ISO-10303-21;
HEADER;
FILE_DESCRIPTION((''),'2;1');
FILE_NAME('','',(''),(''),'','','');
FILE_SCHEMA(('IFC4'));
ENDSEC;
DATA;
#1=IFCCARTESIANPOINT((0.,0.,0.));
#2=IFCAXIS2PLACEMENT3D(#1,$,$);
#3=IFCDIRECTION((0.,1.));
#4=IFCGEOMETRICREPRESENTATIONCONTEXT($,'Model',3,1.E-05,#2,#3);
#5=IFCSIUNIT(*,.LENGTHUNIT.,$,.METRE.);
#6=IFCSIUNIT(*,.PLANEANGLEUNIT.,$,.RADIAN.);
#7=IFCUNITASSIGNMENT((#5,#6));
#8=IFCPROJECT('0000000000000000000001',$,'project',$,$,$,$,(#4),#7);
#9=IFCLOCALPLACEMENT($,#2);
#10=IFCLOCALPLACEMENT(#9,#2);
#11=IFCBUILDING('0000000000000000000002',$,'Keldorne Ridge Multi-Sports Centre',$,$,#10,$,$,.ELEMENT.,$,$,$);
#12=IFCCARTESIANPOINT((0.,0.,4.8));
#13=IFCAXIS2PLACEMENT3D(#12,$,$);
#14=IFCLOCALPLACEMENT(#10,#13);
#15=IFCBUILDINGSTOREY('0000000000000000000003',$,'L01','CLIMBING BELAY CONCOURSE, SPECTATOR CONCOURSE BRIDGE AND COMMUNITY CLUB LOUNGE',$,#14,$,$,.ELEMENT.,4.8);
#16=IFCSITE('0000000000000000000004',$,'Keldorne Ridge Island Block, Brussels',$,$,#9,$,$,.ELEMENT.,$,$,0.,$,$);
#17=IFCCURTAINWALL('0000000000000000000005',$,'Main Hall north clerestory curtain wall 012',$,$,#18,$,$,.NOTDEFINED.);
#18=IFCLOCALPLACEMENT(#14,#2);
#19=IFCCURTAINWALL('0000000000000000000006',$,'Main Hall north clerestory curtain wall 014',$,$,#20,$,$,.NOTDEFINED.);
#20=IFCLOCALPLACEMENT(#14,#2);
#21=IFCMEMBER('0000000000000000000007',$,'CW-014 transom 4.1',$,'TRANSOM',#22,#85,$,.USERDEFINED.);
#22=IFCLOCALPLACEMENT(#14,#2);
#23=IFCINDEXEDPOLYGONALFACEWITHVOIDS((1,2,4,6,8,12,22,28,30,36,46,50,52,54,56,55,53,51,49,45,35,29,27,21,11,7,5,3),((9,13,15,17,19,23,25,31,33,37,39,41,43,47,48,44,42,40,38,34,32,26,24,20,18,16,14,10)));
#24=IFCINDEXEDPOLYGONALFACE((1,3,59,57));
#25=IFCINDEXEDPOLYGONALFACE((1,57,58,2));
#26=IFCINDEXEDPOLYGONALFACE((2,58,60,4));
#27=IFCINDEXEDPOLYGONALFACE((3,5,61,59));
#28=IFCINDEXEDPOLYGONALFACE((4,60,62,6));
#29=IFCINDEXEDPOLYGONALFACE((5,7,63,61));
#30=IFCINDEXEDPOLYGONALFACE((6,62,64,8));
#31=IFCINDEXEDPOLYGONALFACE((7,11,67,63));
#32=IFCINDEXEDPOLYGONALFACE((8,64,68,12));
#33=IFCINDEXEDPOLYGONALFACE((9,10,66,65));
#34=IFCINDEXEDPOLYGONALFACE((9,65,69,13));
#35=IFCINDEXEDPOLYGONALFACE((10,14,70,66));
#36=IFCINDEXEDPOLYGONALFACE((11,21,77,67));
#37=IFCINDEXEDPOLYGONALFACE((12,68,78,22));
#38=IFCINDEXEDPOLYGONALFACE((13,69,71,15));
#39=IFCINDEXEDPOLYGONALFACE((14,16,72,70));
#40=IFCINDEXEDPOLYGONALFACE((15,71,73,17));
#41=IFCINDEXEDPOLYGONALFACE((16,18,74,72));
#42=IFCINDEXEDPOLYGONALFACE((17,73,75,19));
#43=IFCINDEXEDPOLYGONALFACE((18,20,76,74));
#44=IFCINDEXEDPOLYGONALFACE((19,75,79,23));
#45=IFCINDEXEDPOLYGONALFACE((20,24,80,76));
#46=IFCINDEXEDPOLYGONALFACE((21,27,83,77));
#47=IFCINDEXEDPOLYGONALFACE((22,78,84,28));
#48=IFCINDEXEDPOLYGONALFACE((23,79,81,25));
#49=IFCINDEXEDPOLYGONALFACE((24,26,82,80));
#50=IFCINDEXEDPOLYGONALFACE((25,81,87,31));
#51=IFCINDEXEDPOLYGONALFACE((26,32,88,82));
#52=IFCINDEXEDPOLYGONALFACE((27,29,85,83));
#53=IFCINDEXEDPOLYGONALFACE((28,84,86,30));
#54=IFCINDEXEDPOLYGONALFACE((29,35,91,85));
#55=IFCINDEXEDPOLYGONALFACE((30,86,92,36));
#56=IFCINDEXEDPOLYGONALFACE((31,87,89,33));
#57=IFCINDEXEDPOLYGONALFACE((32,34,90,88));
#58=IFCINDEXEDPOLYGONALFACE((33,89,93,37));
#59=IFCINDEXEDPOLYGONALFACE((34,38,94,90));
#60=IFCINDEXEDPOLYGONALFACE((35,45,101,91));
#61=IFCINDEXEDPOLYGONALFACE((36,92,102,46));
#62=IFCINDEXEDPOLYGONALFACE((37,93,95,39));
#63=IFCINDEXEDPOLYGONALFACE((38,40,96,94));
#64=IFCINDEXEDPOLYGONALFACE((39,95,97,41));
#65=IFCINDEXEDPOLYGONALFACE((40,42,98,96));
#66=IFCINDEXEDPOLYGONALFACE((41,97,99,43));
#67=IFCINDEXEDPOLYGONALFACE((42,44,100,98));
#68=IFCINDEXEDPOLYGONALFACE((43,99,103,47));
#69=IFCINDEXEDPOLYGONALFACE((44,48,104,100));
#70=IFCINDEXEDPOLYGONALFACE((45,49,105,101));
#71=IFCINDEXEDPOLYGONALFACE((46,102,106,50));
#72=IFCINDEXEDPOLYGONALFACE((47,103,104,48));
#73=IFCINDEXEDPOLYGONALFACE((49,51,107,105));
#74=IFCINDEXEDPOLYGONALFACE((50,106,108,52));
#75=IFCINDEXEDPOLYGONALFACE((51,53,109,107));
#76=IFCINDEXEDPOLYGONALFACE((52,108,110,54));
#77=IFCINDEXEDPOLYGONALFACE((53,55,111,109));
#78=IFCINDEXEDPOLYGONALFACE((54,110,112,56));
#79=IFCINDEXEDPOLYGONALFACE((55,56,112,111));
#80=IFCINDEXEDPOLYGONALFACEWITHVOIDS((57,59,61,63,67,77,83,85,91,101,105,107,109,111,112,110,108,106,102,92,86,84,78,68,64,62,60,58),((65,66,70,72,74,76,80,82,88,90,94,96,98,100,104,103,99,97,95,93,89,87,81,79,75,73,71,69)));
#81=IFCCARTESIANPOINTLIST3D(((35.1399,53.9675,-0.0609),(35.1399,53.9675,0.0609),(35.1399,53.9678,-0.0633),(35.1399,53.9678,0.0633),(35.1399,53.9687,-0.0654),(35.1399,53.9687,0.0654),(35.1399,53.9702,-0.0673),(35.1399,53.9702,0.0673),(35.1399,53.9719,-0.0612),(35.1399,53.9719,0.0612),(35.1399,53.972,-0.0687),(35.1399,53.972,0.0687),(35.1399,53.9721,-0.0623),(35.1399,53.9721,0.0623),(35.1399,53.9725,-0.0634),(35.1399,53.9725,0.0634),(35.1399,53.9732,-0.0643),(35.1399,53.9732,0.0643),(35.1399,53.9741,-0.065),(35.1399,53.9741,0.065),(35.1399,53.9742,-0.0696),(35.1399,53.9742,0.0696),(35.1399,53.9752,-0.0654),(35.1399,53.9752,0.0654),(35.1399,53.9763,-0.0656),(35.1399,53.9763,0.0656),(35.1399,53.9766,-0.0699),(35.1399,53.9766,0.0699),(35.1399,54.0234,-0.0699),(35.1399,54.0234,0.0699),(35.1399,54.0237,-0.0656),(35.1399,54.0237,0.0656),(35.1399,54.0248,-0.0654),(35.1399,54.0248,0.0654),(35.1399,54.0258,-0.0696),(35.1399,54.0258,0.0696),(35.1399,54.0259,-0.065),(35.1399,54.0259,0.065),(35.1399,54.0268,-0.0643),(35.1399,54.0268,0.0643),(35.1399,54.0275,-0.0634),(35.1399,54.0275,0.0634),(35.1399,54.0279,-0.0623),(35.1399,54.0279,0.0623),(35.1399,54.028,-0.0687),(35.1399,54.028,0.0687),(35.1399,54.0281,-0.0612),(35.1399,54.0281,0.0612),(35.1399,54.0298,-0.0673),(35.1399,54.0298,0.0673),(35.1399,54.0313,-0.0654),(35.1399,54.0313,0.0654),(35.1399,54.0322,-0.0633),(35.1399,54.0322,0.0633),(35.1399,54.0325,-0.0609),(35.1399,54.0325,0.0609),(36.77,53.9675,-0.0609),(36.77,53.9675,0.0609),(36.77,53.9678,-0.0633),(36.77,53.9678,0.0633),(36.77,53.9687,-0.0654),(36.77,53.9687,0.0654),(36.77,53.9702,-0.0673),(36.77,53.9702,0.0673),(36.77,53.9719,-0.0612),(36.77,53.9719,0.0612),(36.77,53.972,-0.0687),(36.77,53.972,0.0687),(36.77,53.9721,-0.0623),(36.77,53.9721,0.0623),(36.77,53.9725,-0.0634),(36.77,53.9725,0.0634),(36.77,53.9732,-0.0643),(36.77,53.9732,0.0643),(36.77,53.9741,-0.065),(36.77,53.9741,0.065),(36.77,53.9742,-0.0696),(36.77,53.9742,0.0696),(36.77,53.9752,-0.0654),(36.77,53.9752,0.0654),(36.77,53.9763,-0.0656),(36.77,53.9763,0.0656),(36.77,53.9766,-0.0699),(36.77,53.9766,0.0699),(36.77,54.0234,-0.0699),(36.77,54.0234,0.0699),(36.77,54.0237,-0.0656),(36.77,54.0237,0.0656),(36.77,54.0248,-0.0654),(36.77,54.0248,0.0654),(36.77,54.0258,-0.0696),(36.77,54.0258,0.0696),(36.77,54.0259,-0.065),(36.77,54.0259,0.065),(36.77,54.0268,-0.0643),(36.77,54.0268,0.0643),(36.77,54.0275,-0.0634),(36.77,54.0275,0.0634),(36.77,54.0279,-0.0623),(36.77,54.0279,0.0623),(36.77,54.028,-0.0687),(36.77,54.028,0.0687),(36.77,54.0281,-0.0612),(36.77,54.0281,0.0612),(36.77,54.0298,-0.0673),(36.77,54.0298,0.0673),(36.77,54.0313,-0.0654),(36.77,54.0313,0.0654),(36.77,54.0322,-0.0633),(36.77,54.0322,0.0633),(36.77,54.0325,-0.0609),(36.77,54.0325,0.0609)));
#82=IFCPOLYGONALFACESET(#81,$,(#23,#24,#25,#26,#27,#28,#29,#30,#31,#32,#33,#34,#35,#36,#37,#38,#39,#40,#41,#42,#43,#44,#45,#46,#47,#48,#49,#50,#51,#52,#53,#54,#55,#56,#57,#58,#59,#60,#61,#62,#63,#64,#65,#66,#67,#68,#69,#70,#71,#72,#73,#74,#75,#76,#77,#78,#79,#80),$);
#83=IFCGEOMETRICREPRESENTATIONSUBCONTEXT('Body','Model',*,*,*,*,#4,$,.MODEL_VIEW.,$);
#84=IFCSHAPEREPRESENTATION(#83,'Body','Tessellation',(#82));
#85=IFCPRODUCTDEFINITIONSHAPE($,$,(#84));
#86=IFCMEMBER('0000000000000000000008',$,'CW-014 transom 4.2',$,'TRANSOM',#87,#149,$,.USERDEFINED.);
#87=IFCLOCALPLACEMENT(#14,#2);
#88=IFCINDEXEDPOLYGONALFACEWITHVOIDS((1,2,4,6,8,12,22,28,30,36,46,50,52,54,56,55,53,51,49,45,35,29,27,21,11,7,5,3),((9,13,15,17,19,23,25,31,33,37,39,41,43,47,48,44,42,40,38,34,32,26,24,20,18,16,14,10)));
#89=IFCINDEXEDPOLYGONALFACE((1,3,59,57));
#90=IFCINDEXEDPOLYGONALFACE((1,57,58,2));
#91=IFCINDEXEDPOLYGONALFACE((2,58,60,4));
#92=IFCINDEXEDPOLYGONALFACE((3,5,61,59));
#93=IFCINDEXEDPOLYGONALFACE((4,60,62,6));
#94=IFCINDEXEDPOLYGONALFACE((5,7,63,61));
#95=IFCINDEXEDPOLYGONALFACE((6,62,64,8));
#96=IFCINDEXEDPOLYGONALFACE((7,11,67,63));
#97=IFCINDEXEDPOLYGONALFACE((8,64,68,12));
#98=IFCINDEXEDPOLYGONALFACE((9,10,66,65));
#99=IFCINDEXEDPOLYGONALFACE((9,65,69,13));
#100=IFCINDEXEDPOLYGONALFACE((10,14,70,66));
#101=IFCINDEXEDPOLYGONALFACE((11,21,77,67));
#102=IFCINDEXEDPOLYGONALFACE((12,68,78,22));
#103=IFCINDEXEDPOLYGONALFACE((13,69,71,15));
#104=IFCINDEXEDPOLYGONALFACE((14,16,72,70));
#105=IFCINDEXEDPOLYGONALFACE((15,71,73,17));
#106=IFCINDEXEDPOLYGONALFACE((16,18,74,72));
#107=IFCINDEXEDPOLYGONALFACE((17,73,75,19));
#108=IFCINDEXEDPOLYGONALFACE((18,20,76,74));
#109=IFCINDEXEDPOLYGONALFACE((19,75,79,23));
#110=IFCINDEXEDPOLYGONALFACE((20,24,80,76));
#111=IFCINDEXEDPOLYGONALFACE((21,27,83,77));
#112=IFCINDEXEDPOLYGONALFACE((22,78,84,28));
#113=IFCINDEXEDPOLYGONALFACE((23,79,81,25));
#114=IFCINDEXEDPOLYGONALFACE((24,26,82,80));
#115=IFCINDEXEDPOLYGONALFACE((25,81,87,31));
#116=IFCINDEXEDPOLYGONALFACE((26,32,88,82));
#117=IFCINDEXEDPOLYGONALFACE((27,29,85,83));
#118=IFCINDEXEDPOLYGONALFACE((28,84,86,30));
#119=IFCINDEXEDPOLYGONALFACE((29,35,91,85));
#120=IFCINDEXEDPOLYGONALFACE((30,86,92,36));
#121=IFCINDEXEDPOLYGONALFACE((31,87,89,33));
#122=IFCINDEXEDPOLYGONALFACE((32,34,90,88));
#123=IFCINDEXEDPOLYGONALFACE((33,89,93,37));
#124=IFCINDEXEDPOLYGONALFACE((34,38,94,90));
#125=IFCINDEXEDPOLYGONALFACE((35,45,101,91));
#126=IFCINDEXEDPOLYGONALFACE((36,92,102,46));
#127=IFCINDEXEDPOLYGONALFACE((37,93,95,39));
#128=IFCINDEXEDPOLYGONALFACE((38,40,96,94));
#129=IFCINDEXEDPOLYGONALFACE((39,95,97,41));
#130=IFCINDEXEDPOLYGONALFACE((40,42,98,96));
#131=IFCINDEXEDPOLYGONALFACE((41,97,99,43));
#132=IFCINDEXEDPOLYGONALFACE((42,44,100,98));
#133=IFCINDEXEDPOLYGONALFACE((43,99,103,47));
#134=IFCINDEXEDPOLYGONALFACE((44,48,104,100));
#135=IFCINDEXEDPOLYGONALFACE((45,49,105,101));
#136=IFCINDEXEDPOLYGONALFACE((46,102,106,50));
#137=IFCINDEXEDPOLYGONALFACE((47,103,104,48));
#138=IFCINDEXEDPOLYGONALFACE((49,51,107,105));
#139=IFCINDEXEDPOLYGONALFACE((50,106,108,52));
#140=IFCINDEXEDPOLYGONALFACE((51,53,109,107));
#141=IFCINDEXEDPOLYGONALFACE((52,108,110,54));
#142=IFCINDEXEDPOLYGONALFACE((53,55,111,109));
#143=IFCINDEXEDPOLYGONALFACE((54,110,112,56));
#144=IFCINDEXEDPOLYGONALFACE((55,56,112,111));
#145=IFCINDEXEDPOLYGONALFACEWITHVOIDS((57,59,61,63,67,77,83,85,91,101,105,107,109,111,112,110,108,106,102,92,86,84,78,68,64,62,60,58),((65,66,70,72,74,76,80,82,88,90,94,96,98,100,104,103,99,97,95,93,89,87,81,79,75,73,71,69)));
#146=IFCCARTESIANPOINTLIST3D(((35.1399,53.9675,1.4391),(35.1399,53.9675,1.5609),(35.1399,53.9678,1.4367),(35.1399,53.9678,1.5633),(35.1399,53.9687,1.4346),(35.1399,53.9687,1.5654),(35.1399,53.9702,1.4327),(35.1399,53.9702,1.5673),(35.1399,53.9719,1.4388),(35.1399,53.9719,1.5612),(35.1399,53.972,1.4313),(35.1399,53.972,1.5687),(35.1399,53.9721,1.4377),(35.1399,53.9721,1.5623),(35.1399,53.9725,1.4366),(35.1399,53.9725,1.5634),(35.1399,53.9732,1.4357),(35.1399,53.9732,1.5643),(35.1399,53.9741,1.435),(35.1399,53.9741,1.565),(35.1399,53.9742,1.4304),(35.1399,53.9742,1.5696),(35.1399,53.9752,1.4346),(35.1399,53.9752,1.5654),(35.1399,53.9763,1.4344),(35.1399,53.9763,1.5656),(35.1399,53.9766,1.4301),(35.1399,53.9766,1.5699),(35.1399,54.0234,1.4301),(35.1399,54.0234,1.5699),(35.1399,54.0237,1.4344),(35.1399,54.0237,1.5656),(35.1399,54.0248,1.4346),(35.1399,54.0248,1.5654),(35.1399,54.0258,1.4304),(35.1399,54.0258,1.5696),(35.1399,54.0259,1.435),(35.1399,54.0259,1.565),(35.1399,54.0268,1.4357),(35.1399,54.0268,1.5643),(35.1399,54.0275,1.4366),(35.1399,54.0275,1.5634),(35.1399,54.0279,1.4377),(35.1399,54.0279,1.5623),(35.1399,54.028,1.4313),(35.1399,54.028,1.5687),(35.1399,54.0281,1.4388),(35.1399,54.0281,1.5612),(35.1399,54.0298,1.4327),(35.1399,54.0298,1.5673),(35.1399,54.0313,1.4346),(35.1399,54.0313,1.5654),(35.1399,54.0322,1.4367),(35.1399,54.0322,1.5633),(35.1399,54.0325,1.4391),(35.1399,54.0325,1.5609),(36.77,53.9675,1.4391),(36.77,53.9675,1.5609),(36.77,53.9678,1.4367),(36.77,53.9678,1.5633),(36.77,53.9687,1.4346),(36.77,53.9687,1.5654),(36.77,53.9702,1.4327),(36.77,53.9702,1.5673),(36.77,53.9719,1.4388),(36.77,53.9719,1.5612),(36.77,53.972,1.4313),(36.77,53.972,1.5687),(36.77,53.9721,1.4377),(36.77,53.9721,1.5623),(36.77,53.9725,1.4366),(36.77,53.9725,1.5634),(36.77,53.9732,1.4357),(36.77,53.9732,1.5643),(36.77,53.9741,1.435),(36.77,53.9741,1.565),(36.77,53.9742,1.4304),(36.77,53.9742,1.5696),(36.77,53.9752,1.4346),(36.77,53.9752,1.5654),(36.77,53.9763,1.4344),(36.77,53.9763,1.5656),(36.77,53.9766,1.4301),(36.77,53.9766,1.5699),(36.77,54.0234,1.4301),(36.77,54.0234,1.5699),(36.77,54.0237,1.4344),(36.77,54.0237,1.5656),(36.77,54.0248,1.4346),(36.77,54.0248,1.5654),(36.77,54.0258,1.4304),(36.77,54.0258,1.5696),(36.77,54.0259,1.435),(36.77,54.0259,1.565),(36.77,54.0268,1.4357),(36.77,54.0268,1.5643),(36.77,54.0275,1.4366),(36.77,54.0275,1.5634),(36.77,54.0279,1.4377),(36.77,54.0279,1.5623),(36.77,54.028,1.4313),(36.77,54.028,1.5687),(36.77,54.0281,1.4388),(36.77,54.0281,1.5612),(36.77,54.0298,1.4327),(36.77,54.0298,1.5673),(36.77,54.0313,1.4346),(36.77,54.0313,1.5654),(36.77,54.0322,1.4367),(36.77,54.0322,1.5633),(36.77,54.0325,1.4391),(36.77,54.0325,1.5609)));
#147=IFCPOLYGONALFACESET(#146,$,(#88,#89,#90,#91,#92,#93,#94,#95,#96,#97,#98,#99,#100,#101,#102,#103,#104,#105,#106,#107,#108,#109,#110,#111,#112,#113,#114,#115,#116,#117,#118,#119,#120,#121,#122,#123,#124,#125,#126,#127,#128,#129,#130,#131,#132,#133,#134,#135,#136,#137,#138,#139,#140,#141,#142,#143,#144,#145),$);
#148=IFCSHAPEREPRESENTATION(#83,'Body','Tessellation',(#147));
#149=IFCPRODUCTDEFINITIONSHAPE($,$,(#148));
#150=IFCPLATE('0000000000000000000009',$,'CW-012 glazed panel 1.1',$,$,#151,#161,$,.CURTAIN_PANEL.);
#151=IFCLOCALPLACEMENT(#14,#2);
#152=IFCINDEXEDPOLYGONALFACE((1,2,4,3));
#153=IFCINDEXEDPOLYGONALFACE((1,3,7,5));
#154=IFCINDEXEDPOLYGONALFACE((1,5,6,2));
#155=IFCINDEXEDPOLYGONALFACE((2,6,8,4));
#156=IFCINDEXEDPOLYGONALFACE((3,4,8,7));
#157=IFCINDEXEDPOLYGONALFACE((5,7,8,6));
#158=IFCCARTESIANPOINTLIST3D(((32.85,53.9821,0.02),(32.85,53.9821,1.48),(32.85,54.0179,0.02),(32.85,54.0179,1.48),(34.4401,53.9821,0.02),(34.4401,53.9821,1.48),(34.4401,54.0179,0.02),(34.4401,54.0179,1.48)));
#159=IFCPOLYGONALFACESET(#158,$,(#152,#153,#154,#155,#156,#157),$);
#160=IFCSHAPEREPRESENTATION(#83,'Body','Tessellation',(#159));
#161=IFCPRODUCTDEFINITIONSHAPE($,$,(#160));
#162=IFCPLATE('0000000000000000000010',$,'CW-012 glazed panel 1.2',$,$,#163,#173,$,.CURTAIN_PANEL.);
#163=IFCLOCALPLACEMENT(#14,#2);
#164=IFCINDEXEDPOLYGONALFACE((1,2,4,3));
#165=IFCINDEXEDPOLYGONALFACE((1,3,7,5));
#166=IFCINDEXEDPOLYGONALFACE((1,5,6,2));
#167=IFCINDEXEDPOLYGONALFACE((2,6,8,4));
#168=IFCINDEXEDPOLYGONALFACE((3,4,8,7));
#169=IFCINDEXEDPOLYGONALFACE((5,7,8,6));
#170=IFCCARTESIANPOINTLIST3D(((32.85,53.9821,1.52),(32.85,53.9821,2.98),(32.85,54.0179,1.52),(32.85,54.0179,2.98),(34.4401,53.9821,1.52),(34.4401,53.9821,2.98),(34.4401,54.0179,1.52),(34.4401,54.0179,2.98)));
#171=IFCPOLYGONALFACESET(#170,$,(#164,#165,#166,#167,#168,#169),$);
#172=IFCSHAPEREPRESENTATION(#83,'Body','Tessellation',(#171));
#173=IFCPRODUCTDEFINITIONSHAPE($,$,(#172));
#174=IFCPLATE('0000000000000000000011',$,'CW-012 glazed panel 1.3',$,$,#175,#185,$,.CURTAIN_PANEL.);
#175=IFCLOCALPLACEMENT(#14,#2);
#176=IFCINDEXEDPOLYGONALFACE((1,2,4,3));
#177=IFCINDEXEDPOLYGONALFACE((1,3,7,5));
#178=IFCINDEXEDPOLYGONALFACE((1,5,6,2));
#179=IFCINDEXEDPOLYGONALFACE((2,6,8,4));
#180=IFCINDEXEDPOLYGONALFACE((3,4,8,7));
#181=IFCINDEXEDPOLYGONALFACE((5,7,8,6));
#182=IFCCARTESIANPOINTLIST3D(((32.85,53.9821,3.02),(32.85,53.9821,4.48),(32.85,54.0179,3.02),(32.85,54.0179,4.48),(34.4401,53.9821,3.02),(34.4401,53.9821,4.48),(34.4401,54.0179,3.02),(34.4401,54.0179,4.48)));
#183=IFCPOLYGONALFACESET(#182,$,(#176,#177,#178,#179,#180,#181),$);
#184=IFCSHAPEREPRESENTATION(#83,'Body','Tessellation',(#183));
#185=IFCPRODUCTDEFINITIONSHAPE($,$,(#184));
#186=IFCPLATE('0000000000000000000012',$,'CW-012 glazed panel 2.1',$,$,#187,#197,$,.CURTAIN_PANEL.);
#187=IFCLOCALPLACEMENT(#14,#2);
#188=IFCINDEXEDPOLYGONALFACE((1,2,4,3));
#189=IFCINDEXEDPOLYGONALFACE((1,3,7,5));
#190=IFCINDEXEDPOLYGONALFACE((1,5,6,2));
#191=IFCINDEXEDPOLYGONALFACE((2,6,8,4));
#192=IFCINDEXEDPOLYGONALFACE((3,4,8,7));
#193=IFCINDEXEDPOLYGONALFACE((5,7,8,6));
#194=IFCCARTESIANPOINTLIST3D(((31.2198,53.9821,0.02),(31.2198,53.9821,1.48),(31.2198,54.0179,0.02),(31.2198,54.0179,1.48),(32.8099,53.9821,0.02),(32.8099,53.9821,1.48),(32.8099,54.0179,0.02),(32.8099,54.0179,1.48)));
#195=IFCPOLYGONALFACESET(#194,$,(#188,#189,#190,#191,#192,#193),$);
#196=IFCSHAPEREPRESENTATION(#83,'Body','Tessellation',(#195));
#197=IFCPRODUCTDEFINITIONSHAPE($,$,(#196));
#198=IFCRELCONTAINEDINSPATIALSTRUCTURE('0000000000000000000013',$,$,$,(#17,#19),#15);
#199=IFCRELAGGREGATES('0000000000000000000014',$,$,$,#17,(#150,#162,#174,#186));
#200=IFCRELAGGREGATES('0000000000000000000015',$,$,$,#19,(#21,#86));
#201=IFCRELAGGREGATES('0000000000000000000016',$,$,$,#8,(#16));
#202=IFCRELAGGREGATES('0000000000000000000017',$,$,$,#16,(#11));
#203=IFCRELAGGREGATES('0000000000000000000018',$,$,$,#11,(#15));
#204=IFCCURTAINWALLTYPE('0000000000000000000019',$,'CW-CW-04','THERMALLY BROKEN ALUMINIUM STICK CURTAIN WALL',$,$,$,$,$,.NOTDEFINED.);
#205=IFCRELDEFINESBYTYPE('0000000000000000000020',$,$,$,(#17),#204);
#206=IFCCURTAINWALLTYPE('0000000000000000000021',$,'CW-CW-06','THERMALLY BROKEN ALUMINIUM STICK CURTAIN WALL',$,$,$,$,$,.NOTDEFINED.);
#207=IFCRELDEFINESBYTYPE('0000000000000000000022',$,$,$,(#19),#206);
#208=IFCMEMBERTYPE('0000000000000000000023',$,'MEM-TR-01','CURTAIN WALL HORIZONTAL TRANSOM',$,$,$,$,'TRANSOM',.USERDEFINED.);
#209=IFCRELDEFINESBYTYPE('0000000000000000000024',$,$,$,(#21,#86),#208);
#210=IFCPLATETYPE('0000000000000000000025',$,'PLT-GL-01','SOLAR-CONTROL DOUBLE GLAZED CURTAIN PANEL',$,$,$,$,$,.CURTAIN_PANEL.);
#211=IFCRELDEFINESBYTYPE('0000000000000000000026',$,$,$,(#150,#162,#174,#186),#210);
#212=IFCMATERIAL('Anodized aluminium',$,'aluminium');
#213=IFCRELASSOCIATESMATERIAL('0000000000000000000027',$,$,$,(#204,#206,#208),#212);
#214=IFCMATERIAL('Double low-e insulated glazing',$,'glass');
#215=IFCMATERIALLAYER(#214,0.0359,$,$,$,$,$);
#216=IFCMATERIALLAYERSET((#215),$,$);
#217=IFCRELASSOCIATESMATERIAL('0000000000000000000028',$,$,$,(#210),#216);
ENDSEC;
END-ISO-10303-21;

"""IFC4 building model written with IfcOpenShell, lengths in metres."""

from ifc_helpers import new_model, si_unit, direction, frame, origin, origin_2d, place, context, subcontext, project, spatial, rectangle, hollow_rectangle, extrude, material, layer, layer_set, material_profile, profile_set, type_object, element, aggregate, save


model = new_model("IFC4")

# Units and contexts
model_context = context("Model", 3, precision=1e-05, world=origin(), true_north=direction((0.0, 1.0)))
body_context = subcontext(model_context, "Body", "Model", "MODEL_VIEW")
ifc_project = project(units=[si_unit("LENGTHUNIT", "METRE"), si_unit("PLANEANGLEUNIT", "RADIAN")], contexts=[model_context])

# Site, building, storey
site_placement = place(None, origin())
site = spatial("IfcSite", under=ifc_project, at=site_placement, Name="Keldorne Ridge Island Block, Brussels", CompositionType="ELEMENT", RefElevation=0.0)
building_placement = place(site_placement, origin())
building = spatial("IfcBuilding", under=site, at=building_placement, Name="Keldorne Ridge Multi-Sports Centre", CompositionType="ELEMENT")
storey_placement = place(building_placement, frame((0.0, 0.0, 4.8)))
storey = spatial("IfcBuildingStorey", under=building, at=storey_placement, Name="L01", Description="CLIMBING BELAY CONCOURSE, SPECTATOR CONCOURSE BRIDGE AND COMMUNITY CLUB LOUNGE", CompositionType="ELEMENT", Elevation=4.8)

# Curtain walls
ifc_material_1 = material(Name="Anodized aluminium", Category="aluminium")
curtain_wall_type_1 = type_object("IfcCurtainWallType", Name="CW-CW-04", Description="THERMALLY BROKEN ALUMINIUM STICK CURTAIN WALL", PredefinedType="NOTDEFINED", material=ifc_material_1)
curtain_wall_1_placement = place(storey_placement, origin())
curtain_wall_1 = element("IfcCurtainWall", 1, at=curtain_wall_1_placement, inside=storey, type_object=curtain_wall_type_1, Name="Main Hall north clerestory curtain wall 012", PredefinedType="NOTDEFINED")
curtain_wall_type_2 = type_object("IfcCurtainWallType", Name="CW-CW-06", Description="THERMALLY BROKEN ALUMINIUM STICK CURTAIN WALL", PredefinedType="NOTDEFINED", material=ifc_material_1)
curtain_wall_2_placement = place(storey_placement, origin())
curtain_wall_2 = element("IfcCurtainWall", 2, at=curtain_wall_2_placement, inside=storey, type_object=curtain_wall_type_2, Name="Main Hall north clerestory curtain wall 014", PredefinedType="NOTDEFINED")

# Members
ifc_material_profile_1 = material_profile(ifc_material_1, hollow_rectangle(XDim=0.0649, YDim=0.1399, WallThickness=0.0044, InnerFilletRadius=0.0044, OuterFilletRadius=0.009, at=origin_2d()), Name="ALU TRANSOM 140x65x4.5")
ifc_profile_set_1 = profile_set([ifc_material_profile_1], Name="Anodized aluminium")
member_type_1 = type_object("IfcMemberType", Name="MEM-TR-01", Description="CURTAIN WALL HORIZONTAL TRANSOM", ElementType="TRANSOM", PredefinedType="USERDEFINED", material=ifc_profile_set_1)
member_1_placement = place(storey_placement, frame((36.77, 54.0, 0.0), z_axis=(-1.0, 0.0, 0.0), x_axis=(0.0, -1.0, 0.0)))
member_1 = element("IfcMember", 3, at=member_1_placement, type_object=member_type_1, Name="CW-014 transom 4.1", ObjectType="TRANSOM", PredefinedType="USERDEFINED", context=body_context, shape_type="SweptSolid", body=[
    extrude(hollow_rectangle(XDim=0.0649, YDim=0.1399, WallThickness=0.0044, InnerFilletRadius=0.0044, OuterFilletRadius=0.009, at=origin_2d()), origin(), (0.0, 0.0, 1.0), 1.6301),
])
member_2_placement = place(storey_placement, frame((36.77, 54.0, 1.5), z_axis=(-1.0, 0.0, 0.0), x_axis=(0.0, -1.0, 0.0)))
member_2 = element("IfcMember", 4, at=member_2_placement, type_object=member_type_1, Name="CW-014 transom 4.2", ObjectType="TRANSOM", PredefinedType="USERDEFINED", context=body_context, shape_type="SweptSolid", body=[
    extrude(hollow_rectangle(XDim=0.0649, YDim=0.1399, WallThickness=0.0044, InnerFilletRadius=0.0044, OuterFilletRadius=0.009, at=origin_2d()), origin(), (0.0, 0.0, 1.0), 1.6301),
])

# Plates
ifc_material_2 = material(Name="Double low-e insulated glazing", Category="glass")
ifc_layer = layer(ifc_material_2, 0.0359)
ifc_layer_set = layer_set([ifc_layer])
plate_type = type_object("IfcPlateType", Name="PLT-GL-01", Description="SOLAR-CONTROL DOUBLE GLAZED CURTAIN PANEL", PredefinedType="CURTAIN_PANEL", material=ifc_layer_set)
plate_1_placement = place(storey_placement, frame((33.645, 54.0, 0.02), z_axis=(0.0, 0.0, 1.0), x_axis=(-1.0, 0.0, 0.0)))
plate_1 = element("IfcPlate", 5, at=plate_1_placement, type_object=plate_type, Name="CW-012 glazed panel 1.1", PredefinedType="CURTAIN_PANEL", context=body_context, shape_type="SweptSolid", body=[
    extrude(rectangle(XDim=1.5901, YDim=0.0359, at=origin_2d()), origin(), (0.0, 0.0, 1.0), 1.46),
])
plate_2_placement = place(storey_placement, frame((33.645, 54.0, 1.52), z_axis=(0.0, 0.0, 1.0), x_axis=(-1.0, 0.0, 0.0)))
plate_2 = element("IfcPlate", 6, at=plate_2_placement, type_object=plate_type, Name="CW-012 glazed panel 1.2", PredefinedType="CURTAIN_PANEL", context=body_context, shape_type="SweptSolid", body=[
    extrude(rectangle(XDim=1.5901, YDim=0.0359, at=origin_2d()), origin(), (0.0, 0.0, 1.0), 1.46),
])
plate_3_placement = place(storey_placement, frame((33.645, 54.0, 3.02), z_axis=(0.0, 0.0, 1.0), x_axis=(-1.0, 0.0, 0.0)))
plate_3 = element("IfcPlate", 7, at=plate_3_placement, type_object=plate_type, Name="CW-012 glazed panel 1.3", PredefinedType="CURTAIN_PANEL", context=body_context, shape_type="SweptSolid", body=[
    extrude(rectangle(XDim=1.5901, YDim=0.0359, at=origin_2d()), origin(), (0.0, 0.0, 1.0), 1.46),
])
plate_4_placement = place(storey_placement, frame((32.0149, 54.0, 0.02), z_axis=(0.0, 0.0, 1.0), x_axis=(-1.0, 0.0, 0.0)))
plate_4 = element("IfcPlate", 8, at=plate_4_placement, type_object=plate_type, Name="CW-012 glazed panel 2.1", PredefinedType="CURTAIN_PANEL", context=body_context, shape_type="SweptSolid", body=[
    extrude(rectangle(XDim=1.5901, YDim=0.0359, at=origin_2d()), origin(), (0.0, 0.0, 1.0), 1.46),
])
aggregate(curtain_wall_1, [plate_1, plate_2, plate_3, plate_4])
aggregate(curtain_wall_2, [member_1, member_2])

save(model, "model.ifc")
